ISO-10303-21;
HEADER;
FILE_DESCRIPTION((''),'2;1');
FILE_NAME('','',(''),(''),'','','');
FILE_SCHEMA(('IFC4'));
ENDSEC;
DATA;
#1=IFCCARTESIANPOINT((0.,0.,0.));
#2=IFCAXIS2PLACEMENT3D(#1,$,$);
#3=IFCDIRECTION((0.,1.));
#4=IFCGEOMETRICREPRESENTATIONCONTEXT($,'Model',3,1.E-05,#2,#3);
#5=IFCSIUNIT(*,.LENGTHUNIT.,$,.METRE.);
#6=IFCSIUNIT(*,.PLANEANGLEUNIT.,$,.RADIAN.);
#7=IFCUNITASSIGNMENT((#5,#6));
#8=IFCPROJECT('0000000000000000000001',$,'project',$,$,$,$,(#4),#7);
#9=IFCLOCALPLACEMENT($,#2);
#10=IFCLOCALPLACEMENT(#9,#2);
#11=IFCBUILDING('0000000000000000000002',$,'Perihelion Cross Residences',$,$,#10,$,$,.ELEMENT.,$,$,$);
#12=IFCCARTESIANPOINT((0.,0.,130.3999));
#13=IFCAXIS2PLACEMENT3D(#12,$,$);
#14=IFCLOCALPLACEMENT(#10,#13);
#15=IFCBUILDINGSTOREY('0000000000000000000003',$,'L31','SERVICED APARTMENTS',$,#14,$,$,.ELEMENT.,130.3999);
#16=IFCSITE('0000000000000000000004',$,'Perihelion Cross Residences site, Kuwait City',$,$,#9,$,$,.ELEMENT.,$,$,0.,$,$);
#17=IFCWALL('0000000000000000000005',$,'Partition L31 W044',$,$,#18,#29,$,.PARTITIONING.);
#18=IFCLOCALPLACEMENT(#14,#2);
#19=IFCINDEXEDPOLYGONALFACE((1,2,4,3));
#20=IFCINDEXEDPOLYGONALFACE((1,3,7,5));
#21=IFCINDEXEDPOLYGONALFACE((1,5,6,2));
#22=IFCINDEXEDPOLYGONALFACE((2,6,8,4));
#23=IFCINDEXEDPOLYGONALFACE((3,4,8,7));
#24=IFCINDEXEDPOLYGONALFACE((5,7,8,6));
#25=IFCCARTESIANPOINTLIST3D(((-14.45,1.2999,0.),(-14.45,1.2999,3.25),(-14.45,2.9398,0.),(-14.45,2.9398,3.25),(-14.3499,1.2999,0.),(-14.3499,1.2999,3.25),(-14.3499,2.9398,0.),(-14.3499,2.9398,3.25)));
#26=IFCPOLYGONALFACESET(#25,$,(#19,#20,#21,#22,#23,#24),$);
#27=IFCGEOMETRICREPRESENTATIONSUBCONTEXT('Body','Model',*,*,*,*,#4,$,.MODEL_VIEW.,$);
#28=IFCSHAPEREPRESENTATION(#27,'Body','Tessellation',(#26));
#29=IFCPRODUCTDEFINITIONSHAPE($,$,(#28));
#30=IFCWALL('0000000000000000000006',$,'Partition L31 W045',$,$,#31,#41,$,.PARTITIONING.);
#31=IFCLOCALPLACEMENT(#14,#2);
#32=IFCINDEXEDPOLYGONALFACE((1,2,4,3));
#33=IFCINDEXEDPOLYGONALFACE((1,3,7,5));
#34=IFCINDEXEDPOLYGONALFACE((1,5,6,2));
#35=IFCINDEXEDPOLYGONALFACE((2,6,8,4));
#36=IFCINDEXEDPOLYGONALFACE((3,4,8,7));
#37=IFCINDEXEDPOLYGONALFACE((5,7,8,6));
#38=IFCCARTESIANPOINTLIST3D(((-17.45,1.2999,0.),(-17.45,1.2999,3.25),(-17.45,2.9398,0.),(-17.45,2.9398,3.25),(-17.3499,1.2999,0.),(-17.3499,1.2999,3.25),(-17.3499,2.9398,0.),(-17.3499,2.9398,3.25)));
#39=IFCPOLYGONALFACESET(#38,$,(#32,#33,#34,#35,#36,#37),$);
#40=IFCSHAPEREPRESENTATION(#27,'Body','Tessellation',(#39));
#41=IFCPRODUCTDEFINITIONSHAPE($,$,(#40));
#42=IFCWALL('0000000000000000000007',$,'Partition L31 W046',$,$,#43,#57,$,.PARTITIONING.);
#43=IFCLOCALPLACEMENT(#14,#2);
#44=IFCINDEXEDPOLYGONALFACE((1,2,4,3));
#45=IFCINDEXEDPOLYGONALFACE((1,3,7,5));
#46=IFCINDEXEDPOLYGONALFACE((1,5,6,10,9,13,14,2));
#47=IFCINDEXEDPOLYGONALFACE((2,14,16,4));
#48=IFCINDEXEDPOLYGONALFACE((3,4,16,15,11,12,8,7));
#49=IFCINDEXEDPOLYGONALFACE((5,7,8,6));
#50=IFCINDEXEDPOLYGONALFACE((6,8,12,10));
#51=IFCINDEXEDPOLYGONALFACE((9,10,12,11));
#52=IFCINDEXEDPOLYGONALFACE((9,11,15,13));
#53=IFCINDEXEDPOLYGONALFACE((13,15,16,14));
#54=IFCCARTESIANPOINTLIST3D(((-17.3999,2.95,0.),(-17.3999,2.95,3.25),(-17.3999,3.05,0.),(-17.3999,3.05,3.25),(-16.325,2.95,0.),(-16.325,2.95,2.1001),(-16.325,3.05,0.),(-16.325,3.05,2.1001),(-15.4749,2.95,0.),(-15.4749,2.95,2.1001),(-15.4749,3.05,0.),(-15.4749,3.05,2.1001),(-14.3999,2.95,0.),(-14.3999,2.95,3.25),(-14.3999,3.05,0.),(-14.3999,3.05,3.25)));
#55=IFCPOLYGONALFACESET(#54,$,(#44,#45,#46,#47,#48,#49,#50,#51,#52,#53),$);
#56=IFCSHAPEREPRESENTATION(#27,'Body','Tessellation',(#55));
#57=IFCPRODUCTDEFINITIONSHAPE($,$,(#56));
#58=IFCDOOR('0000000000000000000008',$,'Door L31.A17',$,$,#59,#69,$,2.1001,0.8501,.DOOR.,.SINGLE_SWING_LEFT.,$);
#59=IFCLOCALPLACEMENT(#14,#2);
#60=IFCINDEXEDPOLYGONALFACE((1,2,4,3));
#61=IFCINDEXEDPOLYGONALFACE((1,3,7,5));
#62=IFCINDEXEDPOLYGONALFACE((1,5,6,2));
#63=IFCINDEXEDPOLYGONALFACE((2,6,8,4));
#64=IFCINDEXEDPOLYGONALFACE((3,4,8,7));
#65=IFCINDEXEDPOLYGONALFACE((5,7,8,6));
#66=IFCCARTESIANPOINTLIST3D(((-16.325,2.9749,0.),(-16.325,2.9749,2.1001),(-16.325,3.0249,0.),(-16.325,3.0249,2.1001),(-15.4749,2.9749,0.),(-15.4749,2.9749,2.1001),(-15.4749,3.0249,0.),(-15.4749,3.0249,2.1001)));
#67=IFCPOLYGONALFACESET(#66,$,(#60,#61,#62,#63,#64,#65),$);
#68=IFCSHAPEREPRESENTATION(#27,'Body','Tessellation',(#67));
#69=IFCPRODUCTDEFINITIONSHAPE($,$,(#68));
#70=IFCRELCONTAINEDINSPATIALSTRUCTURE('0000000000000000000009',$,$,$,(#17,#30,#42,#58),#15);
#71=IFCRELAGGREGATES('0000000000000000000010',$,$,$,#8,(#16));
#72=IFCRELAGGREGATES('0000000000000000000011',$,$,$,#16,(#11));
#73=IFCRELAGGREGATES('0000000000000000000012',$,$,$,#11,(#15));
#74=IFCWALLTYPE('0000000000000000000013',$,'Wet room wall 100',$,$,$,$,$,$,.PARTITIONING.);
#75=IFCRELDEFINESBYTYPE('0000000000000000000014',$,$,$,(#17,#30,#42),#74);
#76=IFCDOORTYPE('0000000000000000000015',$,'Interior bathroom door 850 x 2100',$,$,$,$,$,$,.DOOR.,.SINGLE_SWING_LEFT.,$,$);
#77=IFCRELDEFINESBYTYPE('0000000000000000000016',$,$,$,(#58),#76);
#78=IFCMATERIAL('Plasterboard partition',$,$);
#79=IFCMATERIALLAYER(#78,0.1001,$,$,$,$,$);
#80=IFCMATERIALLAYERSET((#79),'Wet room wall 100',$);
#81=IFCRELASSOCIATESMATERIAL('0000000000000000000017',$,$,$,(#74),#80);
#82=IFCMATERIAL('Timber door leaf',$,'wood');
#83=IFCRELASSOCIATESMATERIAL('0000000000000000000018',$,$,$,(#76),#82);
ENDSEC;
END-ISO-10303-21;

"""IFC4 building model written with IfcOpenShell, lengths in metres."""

from ifc_helpers import new_model, si_unit, direction, frame, frame_2d, origin, place, context, subcontext, project, spatial, rectangle, extrude, material, layer, layer_set, type_object, element, fill, save


model = new_model("IFC4")

# Units and contexts
model_context = context("Model", 3, precision=1e-05, world=origin(), true_north=direction((0.0, 1.0)))
body_context = subcontext(model_context, "Body", "Model", "MODEL_VIEW")
ifc_project = project(units=[si_unit("LENGTHUNIT", "METRE"), si_unit("PLANEANGLEUNIT", "RADIAN")], contexts=[model_context])

# Site, building, storey
site_placement = place(None, origin())
site = spatial("IfcSite", under=ifc_project, at=site_placement, Name="Perihelion Cross Residences site, Kuwait City", CompositionType="ELEMENT", RefElevation=0.0)
building_placement = place(site_placement, origin())
building = spatial("IfcBuilding", under=site, at=building_placement, Name="Perihelion Cross Residences", CompositionType="ELEMENT")
storey_placement = place(building_placement, frame((0.0, 0.0, 130.3999)))
storey = spatial("IfcBuildingStorey", under=building, at=storey_placement, Name="L31", Description="SERVICED APARTMENTS", CompositionType="ELEMENT", Elevation=130.3999)

# Walls
ifc_material_1 = material(Name="Plasterboard partition")
ifc_layer_1 = layer(ifc_material_1, 0.1001)
ifc_layer_set_1 = layer_set([ifc_layer_1], Name="Wet room wall 100")
wall_type_1 = type_object("IfcWallType", Name="Wet room wall 100", PredefinedType="PARTITIONING", material=ifc_layer_set_1)
for number, where, z_axis, x_axis, name in (
    (1, (-14.3999, 1.3, 0.0), (0.0, 0.0, 1.0), (0.0, 1.0, 0.0), "Partition L31 W044"),
    (2, (-17.3999, 1.3, 0.0), (0.0, 0.0, 1.0), (0.0, 1.0, 0.0), "Partition L31 W045"),
):
    element("IfcWall", number, at=place(storey_placement, frame(where, z_axis=z_axis, x_axis=x_axis)), inside=storey, type_object=wall_type_1, Name=name, PredefinedType="PARTITIONING", context=body_context, shape_type="SweptSolid", body=[
        extrude(rectangle(XDim=1.6399, YDim=0.1001, at=frame_2d((0.8198, 0.0))), origin(), (0.0, 0.0, 1.0), 3.25),
    ])

# Wall, opening, door
wall_1_placement = place(storey_placement, frame((-17.3999, 3.0, 0.0), z_axis=(0.0, 0.0, 1.0), x_axis=(1.0, 0.0, 0.0)))
wall_1 = element("IfcWall", 3, at=wall_1_placement, inside=storey, type_object=wall_type_1, Name="Partition L31 W046", PredefinedType="PARTITIONING", context=body_context, shape_type="SweptSolid", body=[
    extrude(rectangle(XDim=3.0, YDim=0.1001, at=frame_2d((1.5, 0.0))), origin(), (0.0, 0.0, 1.0), 3.25),
])
opening_1_placement = place(wall_1_placement, frame((1.075, 0.0, 0.0)))
opening_1 = element("IfcOpeningElement", 4, at=opening_1_placement, cuts=wall_1, PredefinedType="OPENING", context=body_context, shape_type="SweptSolid", body=[
    extrude(rectangle(XDim=0.8501, YDim=2.1001, at=frame_2d((0.425, 1.05))), frame((0.0, 0.0601, 0.0), z_axis=(0.0, -1.0, 0.0), x_axis=(1.0, 0.0, 0.0)), (0.0, 0.0, 1.0), 0.1201),
])
ifc_material_2 = material(Name="Timber door leaf", Category="wood")
door_type_1 = type_object("IfcDoorType", Name="Interior bathroom door 850 x 2100", OperationType="SINGLE_SWING_LEFT", PredefinedType="DOOR", material=ifc_material_2)
door_1_placement = place(opening_1_placement, origin())
door_1 = element("IfcDoor", 5, at=door_1_placement, inside=storey, type_object=door_type_1, Name="Door L31.A17", OperationType="SINGLE_SWING_LEFT", OverallHeight=2.1001, OverallWidth=0.8501, PredefinedType="DOOR", context=body_context, shape_type="SweptSolid", body=[
    extrude(rectangle(XDim=0.8501, YDim=2.1001, at=frame_2d((0.425, 1.05))), frame((0.0, 0.0249, 0.0), z_axis=(0.0, -1.0, 0.0), x_axis=(1.0, 0.0, 0.0)), (0.0, 0.0, 1.0), 0.05),
])
fill(opening_1, door_1)

save(model, "model.ifc")
